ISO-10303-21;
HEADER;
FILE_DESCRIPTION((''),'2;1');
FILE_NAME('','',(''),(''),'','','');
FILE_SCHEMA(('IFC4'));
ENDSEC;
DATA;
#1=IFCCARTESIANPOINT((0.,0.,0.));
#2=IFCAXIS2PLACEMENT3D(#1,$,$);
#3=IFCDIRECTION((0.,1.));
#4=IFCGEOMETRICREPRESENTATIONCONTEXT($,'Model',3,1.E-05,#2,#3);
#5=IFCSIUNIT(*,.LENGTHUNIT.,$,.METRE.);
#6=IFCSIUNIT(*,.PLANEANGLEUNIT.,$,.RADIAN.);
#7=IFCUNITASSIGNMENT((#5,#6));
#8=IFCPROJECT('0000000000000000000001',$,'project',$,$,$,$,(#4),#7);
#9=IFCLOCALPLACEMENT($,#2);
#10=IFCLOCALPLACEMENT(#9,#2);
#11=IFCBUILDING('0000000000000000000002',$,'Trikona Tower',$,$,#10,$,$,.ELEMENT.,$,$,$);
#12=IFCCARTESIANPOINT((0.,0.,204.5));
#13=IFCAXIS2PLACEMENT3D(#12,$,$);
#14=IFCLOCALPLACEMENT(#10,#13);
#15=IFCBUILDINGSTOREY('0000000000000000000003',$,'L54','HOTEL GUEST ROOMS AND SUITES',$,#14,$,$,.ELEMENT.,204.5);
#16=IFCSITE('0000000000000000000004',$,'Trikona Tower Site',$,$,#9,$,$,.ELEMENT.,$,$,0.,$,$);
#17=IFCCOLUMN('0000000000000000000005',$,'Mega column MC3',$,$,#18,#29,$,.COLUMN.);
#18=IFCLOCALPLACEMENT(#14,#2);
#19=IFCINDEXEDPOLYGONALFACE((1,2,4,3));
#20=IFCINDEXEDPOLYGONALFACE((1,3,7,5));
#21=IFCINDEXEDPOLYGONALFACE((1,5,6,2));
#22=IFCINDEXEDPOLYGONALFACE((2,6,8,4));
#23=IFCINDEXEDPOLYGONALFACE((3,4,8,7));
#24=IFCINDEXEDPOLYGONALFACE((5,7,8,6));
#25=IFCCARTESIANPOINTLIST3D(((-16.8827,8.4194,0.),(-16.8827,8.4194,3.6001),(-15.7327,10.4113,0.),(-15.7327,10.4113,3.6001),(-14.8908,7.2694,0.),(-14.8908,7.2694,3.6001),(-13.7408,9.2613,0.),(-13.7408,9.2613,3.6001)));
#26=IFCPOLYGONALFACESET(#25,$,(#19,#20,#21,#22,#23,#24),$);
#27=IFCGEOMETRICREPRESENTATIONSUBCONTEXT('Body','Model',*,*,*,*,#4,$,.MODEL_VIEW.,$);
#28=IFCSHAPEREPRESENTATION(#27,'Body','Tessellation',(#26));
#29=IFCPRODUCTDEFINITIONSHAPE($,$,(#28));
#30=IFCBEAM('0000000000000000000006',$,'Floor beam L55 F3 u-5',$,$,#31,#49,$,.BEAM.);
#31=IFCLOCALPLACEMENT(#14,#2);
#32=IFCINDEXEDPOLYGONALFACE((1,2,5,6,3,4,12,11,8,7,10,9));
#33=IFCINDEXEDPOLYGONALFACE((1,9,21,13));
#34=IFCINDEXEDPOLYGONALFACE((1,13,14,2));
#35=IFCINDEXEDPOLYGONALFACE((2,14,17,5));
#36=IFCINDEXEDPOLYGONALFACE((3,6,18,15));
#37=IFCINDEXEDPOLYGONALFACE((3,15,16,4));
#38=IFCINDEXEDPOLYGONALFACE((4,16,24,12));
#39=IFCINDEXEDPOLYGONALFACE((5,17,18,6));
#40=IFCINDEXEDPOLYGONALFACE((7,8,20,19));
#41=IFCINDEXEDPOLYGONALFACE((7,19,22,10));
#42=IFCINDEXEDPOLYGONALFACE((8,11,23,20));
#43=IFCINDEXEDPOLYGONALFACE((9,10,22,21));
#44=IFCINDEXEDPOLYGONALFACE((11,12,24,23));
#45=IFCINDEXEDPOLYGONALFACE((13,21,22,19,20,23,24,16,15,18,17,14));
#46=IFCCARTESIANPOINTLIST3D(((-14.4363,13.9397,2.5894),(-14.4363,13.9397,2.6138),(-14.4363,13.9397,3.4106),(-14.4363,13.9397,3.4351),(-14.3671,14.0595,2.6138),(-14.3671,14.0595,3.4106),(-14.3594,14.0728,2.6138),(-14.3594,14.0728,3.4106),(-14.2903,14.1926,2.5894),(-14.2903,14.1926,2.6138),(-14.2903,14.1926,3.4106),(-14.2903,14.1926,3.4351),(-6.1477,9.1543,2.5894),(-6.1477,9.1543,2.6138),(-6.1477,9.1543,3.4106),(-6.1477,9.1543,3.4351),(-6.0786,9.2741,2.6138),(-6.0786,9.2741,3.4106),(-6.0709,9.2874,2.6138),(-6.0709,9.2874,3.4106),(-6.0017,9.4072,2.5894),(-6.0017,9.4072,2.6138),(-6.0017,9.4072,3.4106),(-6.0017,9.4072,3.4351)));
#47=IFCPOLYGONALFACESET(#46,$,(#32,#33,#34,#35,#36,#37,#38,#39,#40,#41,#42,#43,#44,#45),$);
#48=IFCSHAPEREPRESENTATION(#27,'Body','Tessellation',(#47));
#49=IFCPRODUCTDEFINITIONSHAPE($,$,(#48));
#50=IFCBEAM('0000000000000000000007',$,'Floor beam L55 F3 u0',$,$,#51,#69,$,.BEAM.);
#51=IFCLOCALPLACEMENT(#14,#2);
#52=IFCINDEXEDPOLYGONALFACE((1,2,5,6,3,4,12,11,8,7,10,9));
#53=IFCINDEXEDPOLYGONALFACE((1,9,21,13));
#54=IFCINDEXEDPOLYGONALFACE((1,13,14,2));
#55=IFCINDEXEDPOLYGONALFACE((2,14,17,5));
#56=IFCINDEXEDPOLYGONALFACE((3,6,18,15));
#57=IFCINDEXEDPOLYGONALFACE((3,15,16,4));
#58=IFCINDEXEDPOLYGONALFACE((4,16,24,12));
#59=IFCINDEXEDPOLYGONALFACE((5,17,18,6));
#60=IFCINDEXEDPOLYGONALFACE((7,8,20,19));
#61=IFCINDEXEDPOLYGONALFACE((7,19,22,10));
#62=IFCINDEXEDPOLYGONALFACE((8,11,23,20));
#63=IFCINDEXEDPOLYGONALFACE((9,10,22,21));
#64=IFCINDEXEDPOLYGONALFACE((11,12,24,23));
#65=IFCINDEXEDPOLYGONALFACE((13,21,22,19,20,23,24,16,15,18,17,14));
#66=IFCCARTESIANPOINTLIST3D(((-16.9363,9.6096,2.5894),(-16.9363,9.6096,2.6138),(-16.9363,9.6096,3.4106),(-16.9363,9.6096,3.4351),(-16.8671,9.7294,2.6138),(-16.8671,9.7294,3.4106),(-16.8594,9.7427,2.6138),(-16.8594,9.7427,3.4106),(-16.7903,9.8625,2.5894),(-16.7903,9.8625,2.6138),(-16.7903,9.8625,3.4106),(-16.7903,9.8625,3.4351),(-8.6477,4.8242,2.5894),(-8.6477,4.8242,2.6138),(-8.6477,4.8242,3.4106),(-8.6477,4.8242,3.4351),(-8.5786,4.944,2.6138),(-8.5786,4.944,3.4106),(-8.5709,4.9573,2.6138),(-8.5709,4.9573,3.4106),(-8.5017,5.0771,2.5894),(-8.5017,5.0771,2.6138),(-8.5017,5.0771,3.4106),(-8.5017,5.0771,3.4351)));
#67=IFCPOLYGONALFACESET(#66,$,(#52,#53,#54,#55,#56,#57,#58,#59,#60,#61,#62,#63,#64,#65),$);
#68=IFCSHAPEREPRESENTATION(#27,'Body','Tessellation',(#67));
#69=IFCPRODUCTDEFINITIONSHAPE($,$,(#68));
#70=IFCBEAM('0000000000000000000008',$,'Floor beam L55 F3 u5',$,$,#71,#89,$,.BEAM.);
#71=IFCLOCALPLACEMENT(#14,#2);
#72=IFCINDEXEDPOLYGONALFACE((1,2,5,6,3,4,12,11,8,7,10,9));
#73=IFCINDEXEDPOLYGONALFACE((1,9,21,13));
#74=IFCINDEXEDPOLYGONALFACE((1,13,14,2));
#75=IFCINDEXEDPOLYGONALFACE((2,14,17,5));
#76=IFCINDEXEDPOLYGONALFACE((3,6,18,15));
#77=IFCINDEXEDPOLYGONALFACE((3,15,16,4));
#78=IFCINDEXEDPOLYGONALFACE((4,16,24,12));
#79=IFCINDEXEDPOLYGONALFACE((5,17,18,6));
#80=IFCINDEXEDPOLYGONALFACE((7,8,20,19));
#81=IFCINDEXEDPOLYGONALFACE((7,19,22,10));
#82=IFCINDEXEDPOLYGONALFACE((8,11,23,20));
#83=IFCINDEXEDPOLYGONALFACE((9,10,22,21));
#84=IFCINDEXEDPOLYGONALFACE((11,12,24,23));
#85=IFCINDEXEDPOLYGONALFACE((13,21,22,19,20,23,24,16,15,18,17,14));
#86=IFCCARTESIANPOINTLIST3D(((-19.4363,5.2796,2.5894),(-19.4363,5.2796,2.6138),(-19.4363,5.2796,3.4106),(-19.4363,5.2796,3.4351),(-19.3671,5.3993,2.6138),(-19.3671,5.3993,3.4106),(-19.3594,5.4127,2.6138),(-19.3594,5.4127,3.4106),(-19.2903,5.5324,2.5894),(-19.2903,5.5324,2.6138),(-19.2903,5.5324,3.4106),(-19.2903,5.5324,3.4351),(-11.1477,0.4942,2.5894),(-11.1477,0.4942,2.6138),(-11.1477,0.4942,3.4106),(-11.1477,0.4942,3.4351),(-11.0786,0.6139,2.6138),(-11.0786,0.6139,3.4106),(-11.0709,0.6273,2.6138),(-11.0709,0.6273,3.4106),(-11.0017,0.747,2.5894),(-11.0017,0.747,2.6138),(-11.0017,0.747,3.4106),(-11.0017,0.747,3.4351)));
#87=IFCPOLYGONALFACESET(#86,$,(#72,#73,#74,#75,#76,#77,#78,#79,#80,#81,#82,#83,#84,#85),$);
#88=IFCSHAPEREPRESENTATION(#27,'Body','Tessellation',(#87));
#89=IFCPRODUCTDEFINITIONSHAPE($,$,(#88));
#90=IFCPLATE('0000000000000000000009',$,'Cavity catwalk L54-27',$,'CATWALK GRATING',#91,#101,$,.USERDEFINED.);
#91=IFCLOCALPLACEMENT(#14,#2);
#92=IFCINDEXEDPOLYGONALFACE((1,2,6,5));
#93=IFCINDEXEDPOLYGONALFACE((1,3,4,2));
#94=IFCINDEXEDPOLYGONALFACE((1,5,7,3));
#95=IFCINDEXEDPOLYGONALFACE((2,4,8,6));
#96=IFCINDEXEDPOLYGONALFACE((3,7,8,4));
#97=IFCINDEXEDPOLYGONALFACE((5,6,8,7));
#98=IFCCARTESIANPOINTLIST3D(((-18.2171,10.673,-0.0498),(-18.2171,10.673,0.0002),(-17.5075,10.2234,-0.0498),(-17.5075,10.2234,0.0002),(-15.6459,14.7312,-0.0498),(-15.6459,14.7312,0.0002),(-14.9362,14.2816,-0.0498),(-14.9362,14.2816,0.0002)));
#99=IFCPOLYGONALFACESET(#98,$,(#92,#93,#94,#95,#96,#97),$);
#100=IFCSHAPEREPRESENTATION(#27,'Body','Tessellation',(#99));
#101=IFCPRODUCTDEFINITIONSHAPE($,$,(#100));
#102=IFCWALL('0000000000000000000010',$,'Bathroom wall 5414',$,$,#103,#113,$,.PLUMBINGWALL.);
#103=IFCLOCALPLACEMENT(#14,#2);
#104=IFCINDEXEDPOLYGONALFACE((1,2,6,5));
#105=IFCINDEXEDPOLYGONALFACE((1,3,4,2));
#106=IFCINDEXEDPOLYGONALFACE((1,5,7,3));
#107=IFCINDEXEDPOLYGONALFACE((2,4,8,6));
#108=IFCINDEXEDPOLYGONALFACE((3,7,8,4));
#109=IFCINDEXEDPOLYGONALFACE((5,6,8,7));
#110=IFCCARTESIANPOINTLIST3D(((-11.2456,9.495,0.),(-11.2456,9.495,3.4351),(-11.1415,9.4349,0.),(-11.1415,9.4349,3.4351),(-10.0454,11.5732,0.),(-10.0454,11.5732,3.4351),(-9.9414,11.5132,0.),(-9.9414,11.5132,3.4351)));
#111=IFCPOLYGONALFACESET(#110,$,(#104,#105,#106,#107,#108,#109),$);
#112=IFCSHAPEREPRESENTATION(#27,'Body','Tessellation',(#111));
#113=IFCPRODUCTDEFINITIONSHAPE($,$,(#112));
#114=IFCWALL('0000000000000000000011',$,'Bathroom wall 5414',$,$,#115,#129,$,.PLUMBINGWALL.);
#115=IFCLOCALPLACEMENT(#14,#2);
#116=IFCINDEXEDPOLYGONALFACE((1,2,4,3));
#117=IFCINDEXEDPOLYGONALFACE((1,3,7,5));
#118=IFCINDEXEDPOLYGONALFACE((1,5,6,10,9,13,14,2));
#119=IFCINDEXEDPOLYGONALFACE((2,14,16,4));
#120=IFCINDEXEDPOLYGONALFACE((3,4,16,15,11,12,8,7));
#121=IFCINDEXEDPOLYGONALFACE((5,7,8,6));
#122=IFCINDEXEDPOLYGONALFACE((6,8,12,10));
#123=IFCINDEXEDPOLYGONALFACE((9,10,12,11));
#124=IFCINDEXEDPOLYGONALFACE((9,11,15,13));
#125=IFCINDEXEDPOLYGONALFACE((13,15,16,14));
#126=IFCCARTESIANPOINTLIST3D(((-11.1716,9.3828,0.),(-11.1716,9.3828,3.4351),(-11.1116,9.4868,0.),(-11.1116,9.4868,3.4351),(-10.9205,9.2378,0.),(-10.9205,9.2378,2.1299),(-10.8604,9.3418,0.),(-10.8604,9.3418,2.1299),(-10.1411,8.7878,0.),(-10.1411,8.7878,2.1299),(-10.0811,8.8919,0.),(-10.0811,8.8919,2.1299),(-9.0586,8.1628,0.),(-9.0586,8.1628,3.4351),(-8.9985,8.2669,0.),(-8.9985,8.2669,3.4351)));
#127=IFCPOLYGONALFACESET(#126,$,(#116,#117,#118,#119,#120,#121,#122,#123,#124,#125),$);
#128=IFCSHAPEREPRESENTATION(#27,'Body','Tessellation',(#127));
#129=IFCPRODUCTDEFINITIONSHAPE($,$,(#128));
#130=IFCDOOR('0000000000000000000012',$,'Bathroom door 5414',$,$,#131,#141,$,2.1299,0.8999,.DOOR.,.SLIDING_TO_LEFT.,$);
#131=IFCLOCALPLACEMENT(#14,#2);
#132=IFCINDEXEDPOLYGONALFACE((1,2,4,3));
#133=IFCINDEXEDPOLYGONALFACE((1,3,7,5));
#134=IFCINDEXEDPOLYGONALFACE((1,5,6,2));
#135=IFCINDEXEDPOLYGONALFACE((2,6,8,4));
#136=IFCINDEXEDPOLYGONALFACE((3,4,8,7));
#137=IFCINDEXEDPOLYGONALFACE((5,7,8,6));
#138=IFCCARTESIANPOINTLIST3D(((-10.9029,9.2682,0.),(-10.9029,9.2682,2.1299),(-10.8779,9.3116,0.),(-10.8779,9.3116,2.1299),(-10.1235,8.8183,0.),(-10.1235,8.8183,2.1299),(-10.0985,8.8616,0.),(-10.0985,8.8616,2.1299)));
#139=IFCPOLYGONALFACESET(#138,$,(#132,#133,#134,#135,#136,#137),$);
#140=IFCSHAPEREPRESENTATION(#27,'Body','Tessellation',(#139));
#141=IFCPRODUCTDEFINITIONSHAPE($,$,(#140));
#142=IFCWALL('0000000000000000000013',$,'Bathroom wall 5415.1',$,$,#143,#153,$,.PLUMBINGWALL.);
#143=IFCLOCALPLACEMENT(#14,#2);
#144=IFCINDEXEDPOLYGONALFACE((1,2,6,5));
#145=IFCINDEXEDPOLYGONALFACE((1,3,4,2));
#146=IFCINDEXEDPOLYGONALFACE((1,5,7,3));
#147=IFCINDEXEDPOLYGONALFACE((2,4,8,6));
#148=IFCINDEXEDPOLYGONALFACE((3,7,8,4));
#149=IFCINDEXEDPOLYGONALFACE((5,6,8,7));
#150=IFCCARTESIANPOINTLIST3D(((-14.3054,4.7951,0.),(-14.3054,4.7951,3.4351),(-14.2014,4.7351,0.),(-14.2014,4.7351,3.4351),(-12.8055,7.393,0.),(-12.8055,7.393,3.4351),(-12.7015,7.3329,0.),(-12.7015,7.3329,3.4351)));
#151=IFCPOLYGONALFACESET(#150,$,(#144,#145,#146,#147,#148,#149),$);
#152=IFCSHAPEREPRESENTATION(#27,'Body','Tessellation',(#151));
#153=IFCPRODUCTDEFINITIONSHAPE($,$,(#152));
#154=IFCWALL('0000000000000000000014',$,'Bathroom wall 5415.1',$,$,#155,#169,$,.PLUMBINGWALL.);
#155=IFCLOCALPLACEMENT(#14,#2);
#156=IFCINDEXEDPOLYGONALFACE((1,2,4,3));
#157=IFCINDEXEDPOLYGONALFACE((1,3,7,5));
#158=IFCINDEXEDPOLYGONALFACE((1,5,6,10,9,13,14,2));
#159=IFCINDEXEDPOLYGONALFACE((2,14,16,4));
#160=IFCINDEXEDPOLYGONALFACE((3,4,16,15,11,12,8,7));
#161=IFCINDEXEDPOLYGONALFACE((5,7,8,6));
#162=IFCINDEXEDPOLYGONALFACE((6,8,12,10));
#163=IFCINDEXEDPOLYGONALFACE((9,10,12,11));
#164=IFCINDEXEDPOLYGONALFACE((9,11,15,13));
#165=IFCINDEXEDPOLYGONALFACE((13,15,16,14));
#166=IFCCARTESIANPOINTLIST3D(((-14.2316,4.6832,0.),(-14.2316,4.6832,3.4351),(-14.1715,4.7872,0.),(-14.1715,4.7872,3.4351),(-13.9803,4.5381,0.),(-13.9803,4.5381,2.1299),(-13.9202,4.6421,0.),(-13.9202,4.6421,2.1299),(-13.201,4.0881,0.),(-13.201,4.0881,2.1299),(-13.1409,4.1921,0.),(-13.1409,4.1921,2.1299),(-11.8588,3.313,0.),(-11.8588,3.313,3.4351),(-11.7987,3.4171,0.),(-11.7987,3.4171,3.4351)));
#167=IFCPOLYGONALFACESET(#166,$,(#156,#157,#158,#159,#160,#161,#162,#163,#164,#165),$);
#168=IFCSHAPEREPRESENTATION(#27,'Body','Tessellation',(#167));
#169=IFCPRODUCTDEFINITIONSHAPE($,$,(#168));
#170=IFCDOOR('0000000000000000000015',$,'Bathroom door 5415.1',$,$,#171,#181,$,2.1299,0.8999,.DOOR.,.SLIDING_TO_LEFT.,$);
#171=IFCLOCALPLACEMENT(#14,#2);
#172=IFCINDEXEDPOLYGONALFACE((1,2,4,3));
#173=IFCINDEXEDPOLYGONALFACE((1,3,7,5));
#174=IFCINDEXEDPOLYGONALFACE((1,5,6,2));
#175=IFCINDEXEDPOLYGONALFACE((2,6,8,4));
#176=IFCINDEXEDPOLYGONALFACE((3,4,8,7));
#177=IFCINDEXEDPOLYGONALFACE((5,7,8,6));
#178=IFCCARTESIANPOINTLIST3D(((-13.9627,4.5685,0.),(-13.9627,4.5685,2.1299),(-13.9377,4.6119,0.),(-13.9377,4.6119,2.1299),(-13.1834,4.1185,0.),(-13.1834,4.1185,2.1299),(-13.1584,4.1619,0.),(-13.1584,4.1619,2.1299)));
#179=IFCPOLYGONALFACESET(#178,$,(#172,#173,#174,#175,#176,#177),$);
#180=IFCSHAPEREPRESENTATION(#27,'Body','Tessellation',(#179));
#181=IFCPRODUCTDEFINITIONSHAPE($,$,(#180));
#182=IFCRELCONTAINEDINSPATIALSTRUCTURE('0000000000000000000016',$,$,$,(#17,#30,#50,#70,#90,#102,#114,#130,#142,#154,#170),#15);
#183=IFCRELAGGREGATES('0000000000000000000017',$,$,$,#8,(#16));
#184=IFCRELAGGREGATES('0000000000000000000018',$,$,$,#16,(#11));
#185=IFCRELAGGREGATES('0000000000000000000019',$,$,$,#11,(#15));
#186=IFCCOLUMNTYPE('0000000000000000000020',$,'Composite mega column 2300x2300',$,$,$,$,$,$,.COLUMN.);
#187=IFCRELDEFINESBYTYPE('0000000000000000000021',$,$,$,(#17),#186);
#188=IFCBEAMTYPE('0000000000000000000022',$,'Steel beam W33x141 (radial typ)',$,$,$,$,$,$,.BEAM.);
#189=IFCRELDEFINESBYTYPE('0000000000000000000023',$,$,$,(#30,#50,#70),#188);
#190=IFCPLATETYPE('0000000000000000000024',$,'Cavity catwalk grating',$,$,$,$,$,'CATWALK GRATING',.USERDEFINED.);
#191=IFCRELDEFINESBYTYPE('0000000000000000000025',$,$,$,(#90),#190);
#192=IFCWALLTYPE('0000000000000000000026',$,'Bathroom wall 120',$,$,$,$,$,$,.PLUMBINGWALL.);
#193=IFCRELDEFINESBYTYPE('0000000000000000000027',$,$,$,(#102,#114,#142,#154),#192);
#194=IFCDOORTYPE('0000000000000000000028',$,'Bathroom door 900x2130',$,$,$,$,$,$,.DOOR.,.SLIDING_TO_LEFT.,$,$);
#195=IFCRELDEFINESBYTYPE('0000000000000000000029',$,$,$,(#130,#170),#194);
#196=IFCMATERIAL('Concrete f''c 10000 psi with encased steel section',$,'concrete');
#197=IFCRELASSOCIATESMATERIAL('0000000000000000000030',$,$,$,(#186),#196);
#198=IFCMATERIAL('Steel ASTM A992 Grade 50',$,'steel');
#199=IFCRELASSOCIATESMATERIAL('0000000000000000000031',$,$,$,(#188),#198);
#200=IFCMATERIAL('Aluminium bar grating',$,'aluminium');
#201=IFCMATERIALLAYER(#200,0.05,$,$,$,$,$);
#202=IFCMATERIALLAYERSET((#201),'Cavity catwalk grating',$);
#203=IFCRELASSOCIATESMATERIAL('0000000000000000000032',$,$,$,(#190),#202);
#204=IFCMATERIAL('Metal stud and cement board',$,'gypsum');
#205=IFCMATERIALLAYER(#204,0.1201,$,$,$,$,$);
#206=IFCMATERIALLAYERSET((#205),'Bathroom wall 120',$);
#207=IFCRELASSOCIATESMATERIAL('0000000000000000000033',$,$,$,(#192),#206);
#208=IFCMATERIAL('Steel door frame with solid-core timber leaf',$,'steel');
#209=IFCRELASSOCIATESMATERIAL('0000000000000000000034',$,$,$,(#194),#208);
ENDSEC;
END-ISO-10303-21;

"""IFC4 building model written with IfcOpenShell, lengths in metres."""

from ifc_helpers import new_model, si_unit, direction, frame, frame_2d, origin, origin_2d, place, context, subcontext, project, spatial, rectangle, i_section, extrude, material, layer, layer_set, material_profile, profile_set, type_object, element, fill, save


model = new_model("IFC4")

# Units and contexts
model_context = context("Model", 3, precision=1e-05, world=origin(), true_north=direction((0.0, 1.0)))
body_context = subcontext(model_context, "Body", "Model", "MODEL_VIEW")
ifc_project = project(units=[si_unit("LENGTHUNIT", "METRE"), si_unit("PLANEANGLEUNIT", "RADIAN")], contexts=[model_context])

# Site, building, storey
site_placement = place(None, origin())
site = spatial("IfcSite", under=ifc_project, at=site_placement, Name="Trikona Tower Site", CompositionType="ELEMENT", RefElevation=0.0)
building_placement = place(site_placement, origin())
building = spatial("IfcBuilding", under=site, at=building_placement, Name="Trikona Tower", CompositionType="ELEMENT")
storey_placement = place(building_placement, frame((0.0, 0.0, 204.5)))
storey = spatial("IfcBuildingStorey", under=building, at=storey_placement, Name="L54", Description="HOTEL GUEST ROOMS AND SUITES", CompositionType="ELEMENT", Elevation=204.5)

# Column
ifc_material_1 = material(Name="Concrete f'c 10000 psi with encased steel section", Category="concrete")
ifc_material_profile_1 = material_profile(ifc_material_1, rectangle(XDim=2.3, YDim=2.3, at=origin_2d()), Name="MC2300")
ifc_profile_set_1 = profile_set([ifc_material_profile_1], Name="Concrete f'c 10000 psi with encased steel section")
column_type = type_object("IfcColumnType", Name="Composite mega column 2300x2300", PredefinedType="COLUMN", material=ifc_profile_set_1)
column_placement = place(storey_placement, frame((-15.3118, 8.8403, 0.0), z_axis=(0.0, 0.0, 1.0), x_axis=(-0.866025, 0.5, 0.0)))
element("IfcColumn", 1, at=column_placement, inside=storey, type_object=column_type, Name="Mega column MC3", PredefinedType="COLUMN", context=body_context, shape_type="SweptSolid", body=[
    extrude(rectangle(XDim=2.3, YDim=2.3, at=origin_2d()), origin(), (0.0, 0.0, 1.0), 3.6001),
])

# Beams
ifc_material_2 = material(Name="Steel ASTM A992 Grade 50", Category="steel")
ifc_material_profile_2 = material_profile(ifc_material_2, i_section(OverallWidth=0.292, OverallDepth=0.8457, WebThickness=0.0154, FlangeThickness=0.0244, at=origin_2d()), Name="W33X141")
ifc_profile_set_2 = profile_set([ifc_material_profile_2], Name="Steel ASTM A992 Grade 50")
beam_type = type_object("IfcBeamType", Name="Steel beam W33x141 (radial typ)", PredefinedType="BEAM", material=ifc_profile_set_2)
for number, where, z_axis, x_axis, name in (
    (2, (-6.0747, 9.2808, 3.0122), (-0.866026, 0.499999, 0.0), (-0.499999, -0.866026, 0.0), "Floor beam L55 F3 u-5"),
    (3, (-8.5747, 4.9507, 3.0122), (-0.866026, 0.499999, 0.0), (-0.499999, -0.866026, 0.0), "Floor beam L55 F3 u0"),
    (4, (-11.0747, 0.6206, 3.0122), (-0.866026, 0.499999, 0.0), (-0.499999, -0.866026, 0.0), "Floor beam L55 F3 u5"),
):
    element("IfcBeam", number, at=place(storey_placement, frame(where, z_axis=z_axis, x_axis=x_axis)), inside=storey, type_object=beam_type, Name=name, PredefinedType="BEAM", context=body_context, shape_type="SweptSolid", body=[
        extrude(i_section(OverallWidth=0.292, OverallDepth=0.8457, WebThickness=0.0154, FlangeThickness=0.0244, at=origin_2d()), origin(), (0.0, 0.0, 1.0), 9.5708),
    ])

# Plate
ifc_material_3 = material(Name="Aluminium bar grating", Category="aluminium")
ifc_layer_1 = layer(ifc_material_3, 0.05)
ifc_layer_set_1 = layer_set([ifc_layer_1], Name="Cavity catwalk grating")
plate_type = type_object("IfcPlateType", Name="Cavity catwalk grating", ElementType="CATWALK GRATING", PredefinedType="USERDEFINED", material=ifc_layer_set_1)
plate_placement = place(storey_placement, frame((-16.5767, 12.4773, -0.0498), z_axis=(0.0, 0.0, 1.0), x_axis=(-0.535205, -0.844722, 0.0)))
element("IfcPlate", 5, at=plate_placement, inside=storey, type_object=plate_type, Name="Cavity catwalk L54-27", ObjectType="CATWALK GRATING", PredefinedType="USERDEFINED", context=body_context, shape_type="SweptSolid", body=[
    extrude(rectangle(XDim=4.8042, YDim=0.8401, at=origin_2d()), origin(), (0.0, 0.0, 1.0), 0.05),
])

# Wall
ifc_material_4 = material(Name="Metal stud and cement board", Category="gypsum")
ifc_layer_2 = layer(ifc_material_4, 0.1201)
ifc_layer_set_2 = layer_set([ifc_layer_2], Name="Bathroom wall 120")
wall_type_1 = type_object("IfcWallType", Name="Bathroom wall 120", PredefinedType="PLUMBINGWALL", material=ifc_layer_set_2)
wall_1_placement = place(storey_placement, frame((-9.9934, 11.5432, 0.0), z_axis=(0.0, 0.0, 1.0), x_axis=(-0.500078, -0.865981, 0.0)))
element("IfcWall", 6, at=wall_1_placement, inside=storey, type_object=wall_type_1, Name="Bathroom wall 5414", PredefinedType="PLUMBINGWALL", context=body_context, shape_type="SweptSolid", body=[
    extrude(rectangle(XDim=2.3999, YDim=0.1201, at=frame_2d((1.2, 0.0))), origin(), (0.0, 0.0, 1.0), 3.4351),
])

# Wall, opening, door
wall_2_placement = place(storey_placement, frame((-9.0286, 8.2148, 0.0), z_axis=(0.0, 0.0, 1.0), x_axis=(-0.866024, 0.500003, 0.0)))
wall_2 = element("IfcWall", 7, at=wall_2_placement, inside=storey, type_object=wall_type_1, Name="Bathroom wall 5414", PredefinedType="PLUMBINGWALL", context=body_context, shape_type="SweptSolid", body=[
    extrude(rectangle(XDim=2.4399, YDim=0.1201, at=frame_2d((1.22, 0.0))), origin(), (0.0, 0.0, 1.0), 3.4351),
])
opening_1_placement = place(wall_2_placement, frame((1.25, 0.0, 0.0)))
opening_1 = element("IfcOpeningElement", 8, at=opening_1_placement, cuts=wall_2, PredefinedType="OPENING", context=body_context, shape_type="SweptSolid", body=[
    extrude(rectangle(XDim=0.8999, YDim=2.1299, at=frame_2d((0.45, 1.0649))), frame((0.0, 0.0701, 0.0), z_axis=(0.0, -1.0, 0.0), x_axis=(1.0, 0.0, 0.0)), (0.0, 0.0, 1.0), 0.1401),
])
ifc_material_5 = material(Name="Steel door frame with solid-core timber leaf", Category="steel")
door_type_1 = type_object("IfcDoorType", Name="Bathroom door 900x2130", OperationType="SLIDING_TO_LEFT", PredefinedType="DOOR", material=ifc_material_5)
door_1_placement = place(opening_1_placement, origin())
door_1 = element("IfcDoor", 9, at=door_1_placement, inside=storey, type_object=door_type_1, Name="Bathroom door 5414", OperationType="SLIDING_TO_LEFT", OverallHeight=2.1299, OverallWidth=0.8999, PredefinedType="DOOR", context=body_context, shape_type="SweptSolid", body=[
    extrude(rectangle(XDim=0.8999, YDim=2.1299, at=frame_2d((0.45, 1.0649))), frame((0.0, 0.0249, 0.0), z_axis=(0.0, -1.0, 0.0), x_axis=(1.0, 0.0, 0.0)), (0.0, 0.0, 1.0), 0.05),
])
fill(opening_1, door_1)

# Wall
wall_3_placement = place(storey_placement, frame((-12.7534, 7.363, 0.0), z_axis=(0.0, 0.0, 1.0), x_axis=(-0.500025, -0.866011, 0.0)))
element("IfcWall", 10, at=wall_3_placement, inside=storey, type_object=wall_type_1, Name="Bathroom wall 5415.1", PredefinedType="PLUMBINGWALL", context=body_context, shape_type="SweptSolid", body=[
    extrude(rectangle(XDim=2.9998, YDim=0.1201, at=frame_2d((1.5, 0.0))), origin(), (0.0, 0.0, 1.0), 3.4351),
])

# Wall, opening, door
wall_4_placement = place(storey_placement, frame((-11.8286, 3.365, 0.0), z_axis=(0.0, 0.0, 1.0), x_axis=(-0.865997, 0.500049, 0.0)))
wall_4 = element("IfcWall", 11, at=wall_4_placement, inside=storey, type_object=wall_type_1, Name="Bathroom wall 5415.1", PredefinedType="PLUMBINGWALL", context=body_context, shape_type="SweptSolid", body=[
    extrude(rectangle(XDim=2.74, YDim=0.1201, at=frame_2d((1.3701, 0.0))), origin(), (0.0, 0.0, 1.0), 3.4351),
])
opening_2_placement = place(wall_4_placement, frame((1.55, 0.0, 0.0)))
opening_2 = element("IfcOpeningElement", 12, at=opening_2_placement, cuts=wall_4, PredefinedType="OPENING", context=body_context, shape_type="SweptSolid", body=[
    extrude(rectangle(XDim=0.8999, YDim=2.1299, at=frame_2d((0.45, 1.0649))), frame((0.0, 0.0701, 0.0), z_axis=(0.0, -1.0, 0.0), x_axis=(1.0, 0.0, 0.0)), (0.0, 0.0, 1.0), 0.1401),
])
door_2_placement = place(opening_2_placement, origin())
door_2 = element("IfcDoor", 13, at=door_2_placement, inside=storey, type_object=door_type_1, Name="Bathroom door 5415.1", OperationType="SLIDING_TO_LEFT", OverallHeight=2.1299, OverallWidth=0.8999, PredefinedType="DOOR", context=body_context, shape_type="SweptSolid", body=[
    extrude(rectangle(XDim=0.8999, YDim=2.1299, at=frame_2d((0.45, 1.0649))), frame((0.0, 0.0249, 0.0), z_axis=(0.0, -1.0, 0.0), x_axis=(1.0, 0.0, 0.0)), (0.0, 0.0, 1.0), 0.05),
])
fill(opening_2, door_2)

save(model, "model.ifc")
